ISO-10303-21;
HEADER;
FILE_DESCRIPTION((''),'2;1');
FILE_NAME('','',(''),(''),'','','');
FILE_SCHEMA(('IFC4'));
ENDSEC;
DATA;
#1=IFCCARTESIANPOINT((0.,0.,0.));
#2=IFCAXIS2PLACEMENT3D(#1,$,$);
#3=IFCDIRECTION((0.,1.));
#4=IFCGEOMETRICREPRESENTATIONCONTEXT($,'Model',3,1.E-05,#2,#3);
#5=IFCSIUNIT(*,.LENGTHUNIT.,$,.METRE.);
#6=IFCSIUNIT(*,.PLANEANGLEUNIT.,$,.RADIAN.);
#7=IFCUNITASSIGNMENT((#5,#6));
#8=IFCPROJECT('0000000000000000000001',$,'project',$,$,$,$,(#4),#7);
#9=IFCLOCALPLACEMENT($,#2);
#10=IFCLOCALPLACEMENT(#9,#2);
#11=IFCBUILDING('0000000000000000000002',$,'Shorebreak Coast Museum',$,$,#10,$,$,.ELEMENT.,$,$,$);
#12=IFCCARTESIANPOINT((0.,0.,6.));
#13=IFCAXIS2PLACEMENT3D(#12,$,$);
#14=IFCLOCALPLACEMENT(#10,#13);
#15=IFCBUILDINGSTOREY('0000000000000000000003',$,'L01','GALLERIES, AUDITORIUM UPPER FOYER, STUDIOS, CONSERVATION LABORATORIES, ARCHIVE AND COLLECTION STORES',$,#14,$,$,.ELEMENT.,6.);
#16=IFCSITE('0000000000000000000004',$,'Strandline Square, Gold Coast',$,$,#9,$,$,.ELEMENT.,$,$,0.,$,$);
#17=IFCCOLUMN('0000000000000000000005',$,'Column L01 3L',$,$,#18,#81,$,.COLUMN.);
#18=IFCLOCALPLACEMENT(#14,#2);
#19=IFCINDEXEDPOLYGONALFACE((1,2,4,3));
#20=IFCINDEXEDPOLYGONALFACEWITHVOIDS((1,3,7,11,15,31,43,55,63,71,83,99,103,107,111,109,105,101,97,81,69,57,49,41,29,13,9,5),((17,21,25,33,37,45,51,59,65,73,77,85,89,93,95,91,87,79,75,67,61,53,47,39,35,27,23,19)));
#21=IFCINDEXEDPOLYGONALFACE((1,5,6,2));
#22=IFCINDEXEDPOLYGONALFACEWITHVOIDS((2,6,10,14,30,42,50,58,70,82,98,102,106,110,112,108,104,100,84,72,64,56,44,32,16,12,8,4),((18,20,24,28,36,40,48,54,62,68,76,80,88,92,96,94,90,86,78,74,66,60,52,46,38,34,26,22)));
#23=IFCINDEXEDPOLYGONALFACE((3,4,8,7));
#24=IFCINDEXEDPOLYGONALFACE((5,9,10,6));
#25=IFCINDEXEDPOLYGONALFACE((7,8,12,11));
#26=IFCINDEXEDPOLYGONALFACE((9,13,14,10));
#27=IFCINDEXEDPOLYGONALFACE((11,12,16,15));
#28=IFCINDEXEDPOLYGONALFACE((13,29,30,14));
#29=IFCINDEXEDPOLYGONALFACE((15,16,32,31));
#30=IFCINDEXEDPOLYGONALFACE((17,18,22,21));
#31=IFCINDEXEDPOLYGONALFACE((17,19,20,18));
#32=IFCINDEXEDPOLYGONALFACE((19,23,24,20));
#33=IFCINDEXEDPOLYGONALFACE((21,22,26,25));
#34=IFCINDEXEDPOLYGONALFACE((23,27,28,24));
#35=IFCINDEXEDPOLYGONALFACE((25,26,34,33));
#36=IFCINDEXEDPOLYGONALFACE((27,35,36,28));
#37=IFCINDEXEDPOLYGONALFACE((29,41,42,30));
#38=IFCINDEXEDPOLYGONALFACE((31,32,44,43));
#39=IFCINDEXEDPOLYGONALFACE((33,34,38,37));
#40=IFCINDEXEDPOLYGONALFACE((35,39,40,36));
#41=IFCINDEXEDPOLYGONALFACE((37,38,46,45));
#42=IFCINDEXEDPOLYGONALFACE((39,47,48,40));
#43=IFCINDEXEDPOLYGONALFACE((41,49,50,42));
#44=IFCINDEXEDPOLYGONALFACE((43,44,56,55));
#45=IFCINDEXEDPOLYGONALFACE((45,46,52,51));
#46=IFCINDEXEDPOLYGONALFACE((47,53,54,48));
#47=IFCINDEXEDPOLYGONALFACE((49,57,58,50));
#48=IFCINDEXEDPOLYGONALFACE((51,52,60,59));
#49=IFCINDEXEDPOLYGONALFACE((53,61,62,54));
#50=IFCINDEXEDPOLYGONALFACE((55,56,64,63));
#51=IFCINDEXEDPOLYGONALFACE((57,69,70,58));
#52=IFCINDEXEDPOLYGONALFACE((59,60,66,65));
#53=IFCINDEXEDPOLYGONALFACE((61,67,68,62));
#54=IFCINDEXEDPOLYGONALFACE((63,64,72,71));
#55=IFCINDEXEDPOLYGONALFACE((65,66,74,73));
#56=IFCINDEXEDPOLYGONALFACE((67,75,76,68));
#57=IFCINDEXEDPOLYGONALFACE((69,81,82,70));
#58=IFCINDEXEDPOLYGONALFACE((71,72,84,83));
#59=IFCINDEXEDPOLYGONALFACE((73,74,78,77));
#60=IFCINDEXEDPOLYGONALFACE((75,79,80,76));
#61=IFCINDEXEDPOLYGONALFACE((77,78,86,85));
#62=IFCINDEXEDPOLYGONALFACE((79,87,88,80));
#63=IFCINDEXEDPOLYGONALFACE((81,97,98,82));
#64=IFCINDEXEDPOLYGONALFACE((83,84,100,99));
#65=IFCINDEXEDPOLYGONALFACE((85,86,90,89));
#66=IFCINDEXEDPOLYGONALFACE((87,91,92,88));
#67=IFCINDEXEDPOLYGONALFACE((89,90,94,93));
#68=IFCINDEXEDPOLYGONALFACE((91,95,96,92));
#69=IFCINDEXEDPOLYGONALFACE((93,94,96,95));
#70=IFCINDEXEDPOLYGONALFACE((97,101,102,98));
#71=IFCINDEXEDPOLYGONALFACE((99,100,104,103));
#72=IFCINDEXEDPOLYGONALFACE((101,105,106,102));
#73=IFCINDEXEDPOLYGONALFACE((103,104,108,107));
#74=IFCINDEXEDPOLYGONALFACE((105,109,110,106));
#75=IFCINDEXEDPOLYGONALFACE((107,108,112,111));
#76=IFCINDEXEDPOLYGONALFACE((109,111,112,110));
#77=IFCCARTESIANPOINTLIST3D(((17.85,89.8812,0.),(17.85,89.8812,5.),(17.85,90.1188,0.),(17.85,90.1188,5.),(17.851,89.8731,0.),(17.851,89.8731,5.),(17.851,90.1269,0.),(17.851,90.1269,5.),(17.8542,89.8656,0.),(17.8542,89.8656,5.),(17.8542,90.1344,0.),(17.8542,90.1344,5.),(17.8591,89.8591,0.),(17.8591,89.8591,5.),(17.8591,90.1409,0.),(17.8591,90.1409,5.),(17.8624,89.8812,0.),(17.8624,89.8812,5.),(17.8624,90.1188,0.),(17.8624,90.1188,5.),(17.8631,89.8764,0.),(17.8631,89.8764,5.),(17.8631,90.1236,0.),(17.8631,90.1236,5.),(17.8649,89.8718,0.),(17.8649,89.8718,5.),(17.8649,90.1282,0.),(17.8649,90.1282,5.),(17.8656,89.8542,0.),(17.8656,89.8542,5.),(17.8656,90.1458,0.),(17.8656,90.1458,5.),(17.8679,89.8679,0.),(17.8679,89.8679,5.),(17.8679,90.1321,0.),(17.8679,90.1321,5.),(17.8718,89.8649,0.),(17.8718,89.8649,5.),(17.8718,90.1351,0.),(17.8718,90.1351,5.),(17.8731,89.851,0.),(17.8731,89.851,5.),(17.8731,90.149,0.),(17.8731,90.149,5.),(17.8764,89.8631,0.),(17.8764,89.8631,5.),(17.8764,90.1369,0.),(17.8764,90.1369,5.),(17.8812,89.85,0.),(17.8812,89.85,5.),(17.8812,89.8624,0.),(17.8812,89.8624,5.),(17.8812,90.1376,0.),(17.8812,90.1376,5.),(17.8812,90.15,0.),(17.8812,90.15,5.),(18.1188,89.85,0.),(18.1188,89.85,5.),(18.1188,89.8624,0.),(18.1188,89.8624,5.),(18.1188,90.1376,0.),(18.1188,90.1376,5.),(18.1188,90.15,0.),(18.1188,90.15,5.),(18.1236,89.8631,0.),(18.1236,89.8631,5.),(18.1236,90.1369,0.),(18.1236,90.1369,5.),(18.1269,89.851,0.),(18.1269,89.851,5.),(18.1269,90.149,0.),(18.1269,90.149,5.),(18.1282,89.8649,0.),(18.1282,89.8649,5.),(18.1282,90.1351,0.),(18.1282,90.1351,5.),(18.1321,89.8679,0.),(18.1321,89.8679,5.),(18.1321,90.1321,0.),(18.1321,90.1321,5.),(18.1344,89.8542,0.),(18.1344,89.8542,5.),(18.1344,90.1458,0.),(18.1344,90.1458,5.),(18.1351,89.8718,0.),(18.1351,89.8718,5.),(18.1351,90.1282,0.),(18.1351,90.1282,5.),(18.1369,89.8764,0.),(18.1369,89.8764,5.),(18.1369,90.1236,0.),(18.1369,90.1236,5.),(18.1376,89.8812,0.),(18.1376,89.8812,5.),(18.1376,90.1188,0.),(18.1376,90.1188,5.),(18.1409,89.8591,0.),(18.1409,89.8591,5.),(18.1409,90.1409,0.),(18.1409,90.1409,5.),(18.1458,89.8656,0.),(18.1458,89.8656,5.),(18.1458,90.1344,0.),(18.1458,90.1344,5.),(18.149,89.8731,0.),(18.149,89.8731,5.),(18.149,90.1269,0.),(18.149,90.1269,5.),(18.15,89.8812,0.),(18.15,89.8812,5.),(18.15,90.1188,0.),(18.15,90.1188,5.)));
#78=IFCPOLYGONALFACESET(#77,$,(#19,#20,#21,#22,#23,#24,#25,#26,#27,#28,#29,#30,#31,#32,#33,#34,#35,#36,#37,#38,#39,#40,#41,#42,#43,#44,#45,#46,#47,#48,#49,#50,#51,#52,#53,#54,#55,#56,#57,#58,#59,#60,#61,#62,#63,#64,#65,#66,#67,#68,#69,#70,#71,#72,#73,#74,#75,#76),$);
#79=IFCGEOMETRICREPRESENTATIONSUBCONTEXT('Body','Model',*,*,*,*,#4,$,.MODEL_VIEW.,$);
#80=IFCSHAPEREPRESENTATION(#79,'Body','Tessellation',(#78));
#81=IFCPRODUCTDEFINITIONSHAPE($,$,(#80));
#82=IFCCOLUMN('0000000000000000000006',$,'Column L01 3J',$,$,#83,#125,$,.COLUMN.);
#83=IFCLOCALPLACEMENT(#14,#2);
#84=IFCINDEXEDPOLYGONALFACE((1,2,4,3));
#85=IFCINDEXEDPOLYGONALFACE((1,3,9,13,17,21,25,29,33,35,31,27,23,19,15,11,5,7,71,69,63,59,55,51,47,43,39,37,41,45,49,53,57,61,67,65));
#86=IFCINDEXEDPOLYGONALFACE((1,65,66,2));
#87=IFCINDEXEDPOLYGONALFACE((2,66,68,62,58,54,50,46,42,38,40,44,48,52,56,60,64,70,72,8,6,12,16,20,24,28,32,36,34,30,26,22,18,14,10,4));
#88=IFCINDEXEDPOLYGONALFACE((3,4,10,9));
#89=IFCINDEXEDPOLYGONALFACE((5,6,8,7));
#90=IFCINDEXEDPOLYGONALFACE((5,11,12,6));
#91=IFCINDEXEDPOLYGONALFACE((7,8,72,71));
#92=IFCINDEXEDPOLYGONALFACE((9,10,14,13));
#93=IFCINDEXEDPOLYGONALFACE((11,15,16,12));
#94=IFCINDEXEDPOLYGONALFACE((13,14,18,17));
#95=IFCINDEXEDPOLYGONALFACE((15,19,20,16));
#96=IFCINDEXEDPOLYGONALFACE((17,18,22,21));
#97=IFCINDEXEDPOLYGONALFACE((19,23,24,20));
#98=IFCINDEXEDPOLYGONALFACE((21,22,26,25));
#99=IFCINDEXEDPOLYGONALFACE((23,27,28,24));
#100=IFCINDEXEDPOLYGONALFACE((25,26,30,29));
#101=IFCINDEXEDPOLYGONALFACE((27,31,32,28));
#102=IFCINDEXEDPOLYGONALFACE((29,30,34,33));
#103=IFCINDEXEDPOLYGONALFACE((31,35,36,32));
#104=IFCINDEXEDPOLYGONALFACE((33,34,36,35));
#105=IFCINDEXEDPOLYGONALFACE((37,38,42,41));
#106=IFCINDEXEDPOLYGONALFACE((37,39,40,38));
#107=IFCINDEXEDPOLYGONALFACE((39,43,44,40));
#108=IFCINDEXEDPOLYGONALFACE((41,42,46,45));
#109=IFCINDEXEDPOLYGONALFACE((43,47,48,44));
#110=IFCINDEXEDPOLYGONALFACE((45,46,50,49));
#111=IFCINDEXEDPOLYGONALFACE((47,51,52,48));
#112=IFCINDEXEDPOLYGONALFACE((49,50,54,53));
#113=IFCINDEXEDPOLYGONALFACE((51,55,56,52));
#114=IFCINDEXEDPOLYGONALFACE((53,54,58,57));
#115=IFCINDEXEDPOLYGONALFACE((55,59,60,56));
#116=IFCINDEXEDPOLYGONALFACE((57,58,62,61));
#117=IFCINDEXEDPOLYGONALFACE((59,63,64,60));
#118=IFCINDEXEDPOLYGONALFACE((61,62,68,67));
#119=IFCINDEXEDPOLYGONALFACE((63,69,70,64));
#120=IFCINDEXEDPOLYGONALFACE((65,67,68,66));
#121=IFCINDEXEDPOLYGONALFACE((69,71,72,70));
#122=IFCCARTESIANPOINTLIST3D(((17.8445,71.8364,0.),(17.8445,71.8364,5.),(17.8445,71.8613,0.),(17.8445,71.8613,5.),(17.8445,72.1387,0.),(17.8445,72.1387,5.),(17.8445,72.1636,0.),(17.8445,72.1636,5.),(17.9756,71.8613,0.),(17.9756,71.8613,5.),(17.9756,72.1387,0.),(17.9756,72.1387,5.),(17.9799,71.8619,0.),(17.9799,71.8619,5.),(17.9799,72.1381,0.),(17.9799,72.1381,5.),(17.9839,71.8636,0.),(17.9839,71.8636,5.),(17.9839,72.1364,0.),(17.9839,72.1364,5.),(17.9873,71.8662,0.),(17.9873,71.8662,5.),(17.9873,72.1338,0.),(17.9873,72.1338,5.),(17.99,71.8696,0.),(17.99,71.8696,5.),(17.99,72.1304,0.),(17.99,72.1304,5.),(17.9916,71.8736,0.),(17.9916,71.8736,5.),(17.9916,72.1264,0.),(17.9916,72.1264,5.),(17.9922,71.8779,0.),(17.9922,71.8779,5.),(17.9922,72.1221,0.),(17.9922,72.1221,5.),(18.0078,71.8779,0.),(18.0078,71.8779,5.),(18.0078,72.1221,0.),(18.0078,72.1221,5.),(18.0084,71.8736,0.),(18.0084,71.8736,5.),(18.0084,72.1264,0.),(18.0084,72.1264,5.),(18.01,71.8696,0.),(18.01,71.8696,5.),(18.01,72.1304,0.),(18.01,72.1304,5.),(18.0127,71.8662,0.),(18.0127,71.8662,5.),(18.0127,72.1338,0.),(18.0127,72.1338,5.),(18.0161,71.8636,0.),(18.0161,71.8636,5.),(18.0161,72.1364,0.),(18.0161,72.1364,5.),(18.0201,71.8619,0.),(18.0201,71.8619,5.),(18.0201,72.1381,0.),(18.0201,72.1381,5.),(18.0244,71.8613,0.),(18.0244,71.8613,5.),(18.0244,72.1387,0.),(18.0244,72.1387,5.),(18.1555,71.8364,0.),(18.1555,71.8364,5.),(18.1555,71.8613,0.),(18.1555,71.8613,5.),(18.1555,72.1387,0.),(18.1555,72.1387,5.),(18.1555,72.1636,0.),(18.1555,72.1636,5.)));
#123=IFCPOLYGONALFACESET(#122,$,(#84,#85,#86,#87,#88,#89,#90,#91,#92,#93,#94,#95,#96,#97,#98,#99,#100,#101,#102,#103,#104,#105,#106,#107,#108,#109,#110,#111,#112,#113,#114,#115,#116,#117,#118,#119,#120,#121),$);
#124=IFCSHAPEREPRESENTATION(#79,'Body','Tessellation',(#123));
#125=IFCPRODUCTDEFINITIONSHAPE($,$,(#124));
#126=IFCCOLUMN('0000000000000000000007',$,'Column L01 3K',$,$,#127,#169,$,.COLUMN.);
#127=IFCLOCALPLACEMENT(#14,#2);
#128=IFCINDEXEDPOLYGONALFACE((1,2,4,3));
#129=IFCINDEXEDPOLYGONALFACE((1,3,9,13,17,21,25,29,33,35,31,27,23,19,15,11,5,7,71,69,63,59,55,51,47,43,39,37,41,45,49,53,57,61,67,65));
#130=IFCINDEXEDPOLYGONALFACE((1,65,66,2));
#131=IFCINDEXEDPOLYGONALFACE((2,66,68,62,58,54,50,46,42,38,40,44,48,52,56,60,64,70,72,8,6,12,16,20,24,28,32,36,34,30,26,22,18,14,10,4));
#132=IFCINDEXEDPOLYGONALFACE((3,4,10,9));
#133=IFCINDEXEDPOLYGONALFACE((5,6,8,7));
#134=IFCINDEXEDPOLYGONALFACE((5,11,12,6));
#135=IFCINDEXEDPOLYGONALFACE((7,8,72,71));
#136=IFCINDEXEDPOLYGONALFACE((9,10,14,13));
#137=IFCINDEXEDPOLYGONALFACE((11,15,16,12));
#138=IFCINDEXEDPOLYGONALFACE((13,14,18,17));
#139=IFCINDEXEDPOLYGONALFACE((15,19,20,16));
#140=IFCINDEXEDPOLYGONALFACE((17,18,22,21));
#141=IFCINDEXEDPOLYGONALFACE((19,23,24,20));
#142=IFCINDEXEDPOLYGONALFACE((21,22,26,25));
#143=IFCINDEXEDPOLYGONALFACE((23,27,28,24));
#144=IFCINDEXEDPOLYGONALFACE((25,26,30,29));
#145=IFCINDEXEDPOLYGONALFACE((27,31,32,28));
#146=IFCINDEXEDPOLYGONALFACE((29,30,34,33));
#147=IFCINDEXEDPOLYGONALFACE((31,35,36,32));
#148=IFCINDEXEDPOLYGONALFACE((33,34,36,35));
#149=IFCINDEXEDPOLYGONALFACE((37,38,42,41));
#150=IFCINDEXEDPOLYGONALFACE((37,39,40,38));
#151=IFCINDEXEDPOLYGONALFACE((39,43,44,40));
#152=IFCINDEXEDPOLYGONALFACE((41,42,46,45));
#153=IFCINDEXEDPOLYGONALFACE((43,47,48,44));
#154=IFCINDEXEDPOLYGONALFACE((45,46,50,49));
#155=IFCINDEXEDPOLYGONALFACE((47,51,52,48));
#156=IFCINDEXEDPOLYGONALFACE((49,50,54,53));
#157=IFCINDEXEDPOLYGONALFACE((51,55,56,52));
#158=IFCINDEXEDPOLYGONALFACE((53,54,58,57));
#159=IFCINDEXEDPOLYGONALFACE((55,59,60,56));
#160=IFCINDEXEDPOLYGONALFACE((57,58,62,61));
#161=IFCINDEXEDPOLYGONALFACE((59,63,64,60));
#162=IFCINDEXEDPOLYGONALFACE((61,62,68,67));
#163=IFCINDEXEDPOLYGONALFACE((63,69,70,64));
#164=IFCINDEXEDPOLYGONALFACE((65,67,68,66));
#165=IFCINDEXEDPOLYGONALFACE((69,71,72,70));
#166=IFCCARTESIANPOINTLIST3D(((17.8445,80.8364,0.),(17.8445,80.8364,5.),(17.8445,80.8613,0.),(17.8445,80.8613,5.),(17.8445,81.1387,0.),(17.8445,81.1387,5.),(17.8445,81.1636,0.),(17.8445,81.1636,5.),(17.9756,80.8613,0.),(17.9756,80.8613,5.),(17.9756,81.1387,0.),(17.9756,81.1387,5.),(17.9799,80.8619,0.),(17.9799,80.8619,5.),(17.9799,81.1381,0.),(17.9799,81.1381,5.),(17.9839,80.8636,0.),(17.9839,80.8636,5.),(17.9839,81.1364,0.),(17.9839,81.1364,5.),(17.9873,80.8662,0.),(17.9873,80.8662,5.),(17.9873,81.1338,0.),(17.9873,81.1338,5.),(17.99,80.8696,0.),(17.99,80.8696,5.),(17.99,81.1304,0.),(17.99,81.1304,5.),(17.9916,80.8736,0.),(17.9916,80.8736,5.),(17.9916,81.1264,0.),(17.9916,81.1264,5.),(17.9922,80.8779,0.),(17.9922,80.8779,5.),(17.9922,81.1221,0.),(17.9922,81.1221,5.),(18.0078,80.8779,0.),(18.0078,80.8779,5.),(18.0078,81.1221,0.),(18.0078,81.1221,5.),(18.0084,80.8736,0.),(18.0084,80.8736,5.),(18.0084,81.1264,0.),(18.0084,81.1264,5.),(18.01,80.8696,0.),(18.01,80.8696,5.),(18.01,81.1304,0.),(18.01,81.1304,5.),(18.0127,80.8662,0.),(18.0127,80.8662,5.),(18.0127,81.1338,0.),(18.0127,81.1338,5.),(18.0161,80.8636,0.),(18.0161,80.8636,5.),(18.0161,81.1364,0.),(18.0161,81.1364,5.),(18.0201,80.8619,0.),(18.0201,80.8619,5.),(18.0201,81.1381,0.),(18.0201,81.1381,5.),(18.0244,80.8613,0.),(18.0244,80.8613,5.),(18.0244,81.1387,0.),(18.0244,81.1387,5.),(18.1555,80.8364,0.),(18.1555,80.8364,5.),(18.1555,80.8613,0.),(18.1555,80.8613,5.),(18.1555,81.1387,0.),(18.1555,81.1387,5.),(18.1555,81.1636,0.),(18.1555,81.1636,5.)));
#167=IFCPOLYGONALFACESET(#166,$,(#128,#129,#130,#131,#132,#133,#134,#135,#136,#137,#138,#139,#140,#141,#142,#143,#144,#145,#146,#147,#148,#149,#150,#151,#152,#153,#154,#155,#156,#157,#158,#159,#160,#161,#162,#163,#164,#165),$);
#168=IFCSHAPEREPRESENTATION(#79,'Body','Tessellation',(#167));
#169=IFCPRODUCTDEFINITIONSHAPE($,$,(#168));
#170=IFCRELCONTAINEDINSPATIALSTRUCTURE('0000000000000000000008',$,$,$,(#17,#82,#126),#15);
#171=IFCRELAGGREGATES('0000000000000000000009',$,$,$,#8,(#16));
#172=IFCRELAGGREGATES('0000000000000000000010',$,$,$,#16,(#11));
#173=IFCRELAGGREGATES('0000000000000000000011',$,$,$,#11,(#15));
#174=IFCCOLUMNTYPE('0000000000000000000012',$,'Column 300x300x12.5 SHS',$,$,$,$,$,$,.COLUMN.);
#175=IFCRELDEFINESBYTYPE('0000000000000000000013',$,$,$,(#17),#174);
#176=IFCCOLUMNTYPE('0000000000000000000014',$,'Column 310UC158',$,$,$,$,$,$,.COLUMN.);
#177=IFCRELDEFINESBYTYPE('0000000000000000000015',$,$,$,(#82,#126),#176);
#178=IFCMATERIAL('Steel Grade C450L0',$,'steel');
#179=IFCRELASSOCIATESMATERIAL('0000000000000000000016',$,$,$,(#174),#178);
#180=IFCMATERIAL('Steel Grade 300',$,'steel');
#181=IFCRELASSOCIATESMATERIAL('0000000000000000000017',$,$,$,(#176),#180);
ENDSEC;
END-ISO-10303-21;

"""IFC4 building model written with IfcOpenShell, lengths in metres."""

from ifc_helpers import new_model, si_unit, direction, frame, origin, origin_2d, place, context, subcontext, project, spatial, hollow_rectangle, i_section, extrude, material, material_profile, profile_set, type_object, element, save


model = new_model("IFC4")

# Units and contexts
model_context = context("Model", 3, precision=1e-05, world=origin(), true_north=direction((0.0, 1.0)))
body_context = subcontext(model_context, "Body", "Model", "MODEL_VIEW")
ifc_project = project(units=[si_unit("LENGTHUNIT", "METRE"), si_unit("PLANEANGLEUNIT", "RADIAN")], contexts=[model_context])

# Site, building, storey
site_placement = place(None, origin())
site = spatial("IfcSite", under=ifc_project, at=site_placement, Name="Strandline Square, Gold Coast", CompositionType="ELEMENT", RefElevation=0.0)
building_placement = place(site_placement, origin())
building = spatial("IfcBuilding", under=site, at=building_placement, Name="Shorebreak Coast Museum", CompositionType="ELEMENT")
storey_placement = place(building_placement, frame((0.0, 0.0, 6.0)))
storey = spatial("IfcBuildingStorey", under=building, at=storey_placement, Name="L01", Description="GALLERIES, AUDITORIUM UPPER FOYER, STUDIOS, CONSERVATION LABORATORIES, ARCHIVE AND COLLECTION STORES", CompositionType="ELEMENT", Elevation=6.0)

# Columns
ifc_material_1 = material(Name="Steel Grade C450L0", Category="steel")
ifc_material_profile_1 = material_profile(ifc_material_1, hollow_rectangle(XDim=0.3, YDim=0.3, WallThickness=0.0125, InnerFilletRadius=0.0188, OuterFilletRadius=0.0312, at=origin_2d()), Name="300x300x12.5 SHS")
ifc_profile_set_1 = profile_set([ifc_material_profile_1], Name="Steel Grade C450L0")
column_type_1 = type_object("IfcColumnType", Name="Column 300x300x12.5 SHS", PredefinedType="COLUMN", material=ifc_profile_set_1)
column_placement = place(storey_placement, frame((18.0, 90.0, 0.0), z_axis=(0.0, 0.0, 1.0), x_axis=(1.0, 0.0, 0.0)))
element("IfcColumn", 1, at=column_placement, inside=storey, type_object=column_type_1, Name="Column L01 3L", PredefinedType="COLUMN", context=body_context, shape_type="SweptSolid", body=[
    extrude(hollow_rectangle(XDim=0.3, YDim=0.3, WallThickness=0.0125, InnerFilletRadius=0.0188, OuterFilletRadius=0.0312, at=origin_2d()), origin(), (0.0, 0.0, 1.0), 5.0),
])
ifc_material_2 = material(Name="Steel Grade 300", Category="steel")
ifc_material_profile_2 = material_profile(ifc_material_2, i_section(OverallWidth=0.311, OverallDepth=0.3271, WebThickness=0.0156, FlangeThickness=0.0249, FilletRadius=0.0166, at=origin_2d()), Name="310UC158")
ifc_profile_set_2 = profile_set([ifc_material_profile_2], Name="Steel Grade 300")
column_type_2 = type_object("IfcColumnType", Name="Column 310UC158", PredefinedType="COLUMN", material=ifc_profile_set_2)
for number, where, z_axis, x_axis, name in (
    (2, (18.0, 72.0, 0.0), (0.0, 0.0, 1.0), (1.0, 0.0, 0.0), "Column L01 3J"),
    (3, (18.0, 81.0, 0.0), (0.0, 0.0, 1.0), (1.0, 0.0, 0.0), "Column L01 3K"),
):
    element("IfcColumn", number, at=place(storey_placement, frame(where, z_axis=z_axis, x_axis=x_axis)), inside=storey, type_object=column_type_2, Name=name, PredefinedType="COLUMN", context=body_context, shape_type="SweptSolid", body=[
        extrude(i_section(OverallWidth=0.311, OverallDepth=0.3271, WebThickness=0.0156, FlangeThickness=0.0249, FilletRadius=0.0166, at=origin_2d()), origin(), (0.0, 0.0, 1.0), 5.0),
    ])

save(model, "model.ifc")
